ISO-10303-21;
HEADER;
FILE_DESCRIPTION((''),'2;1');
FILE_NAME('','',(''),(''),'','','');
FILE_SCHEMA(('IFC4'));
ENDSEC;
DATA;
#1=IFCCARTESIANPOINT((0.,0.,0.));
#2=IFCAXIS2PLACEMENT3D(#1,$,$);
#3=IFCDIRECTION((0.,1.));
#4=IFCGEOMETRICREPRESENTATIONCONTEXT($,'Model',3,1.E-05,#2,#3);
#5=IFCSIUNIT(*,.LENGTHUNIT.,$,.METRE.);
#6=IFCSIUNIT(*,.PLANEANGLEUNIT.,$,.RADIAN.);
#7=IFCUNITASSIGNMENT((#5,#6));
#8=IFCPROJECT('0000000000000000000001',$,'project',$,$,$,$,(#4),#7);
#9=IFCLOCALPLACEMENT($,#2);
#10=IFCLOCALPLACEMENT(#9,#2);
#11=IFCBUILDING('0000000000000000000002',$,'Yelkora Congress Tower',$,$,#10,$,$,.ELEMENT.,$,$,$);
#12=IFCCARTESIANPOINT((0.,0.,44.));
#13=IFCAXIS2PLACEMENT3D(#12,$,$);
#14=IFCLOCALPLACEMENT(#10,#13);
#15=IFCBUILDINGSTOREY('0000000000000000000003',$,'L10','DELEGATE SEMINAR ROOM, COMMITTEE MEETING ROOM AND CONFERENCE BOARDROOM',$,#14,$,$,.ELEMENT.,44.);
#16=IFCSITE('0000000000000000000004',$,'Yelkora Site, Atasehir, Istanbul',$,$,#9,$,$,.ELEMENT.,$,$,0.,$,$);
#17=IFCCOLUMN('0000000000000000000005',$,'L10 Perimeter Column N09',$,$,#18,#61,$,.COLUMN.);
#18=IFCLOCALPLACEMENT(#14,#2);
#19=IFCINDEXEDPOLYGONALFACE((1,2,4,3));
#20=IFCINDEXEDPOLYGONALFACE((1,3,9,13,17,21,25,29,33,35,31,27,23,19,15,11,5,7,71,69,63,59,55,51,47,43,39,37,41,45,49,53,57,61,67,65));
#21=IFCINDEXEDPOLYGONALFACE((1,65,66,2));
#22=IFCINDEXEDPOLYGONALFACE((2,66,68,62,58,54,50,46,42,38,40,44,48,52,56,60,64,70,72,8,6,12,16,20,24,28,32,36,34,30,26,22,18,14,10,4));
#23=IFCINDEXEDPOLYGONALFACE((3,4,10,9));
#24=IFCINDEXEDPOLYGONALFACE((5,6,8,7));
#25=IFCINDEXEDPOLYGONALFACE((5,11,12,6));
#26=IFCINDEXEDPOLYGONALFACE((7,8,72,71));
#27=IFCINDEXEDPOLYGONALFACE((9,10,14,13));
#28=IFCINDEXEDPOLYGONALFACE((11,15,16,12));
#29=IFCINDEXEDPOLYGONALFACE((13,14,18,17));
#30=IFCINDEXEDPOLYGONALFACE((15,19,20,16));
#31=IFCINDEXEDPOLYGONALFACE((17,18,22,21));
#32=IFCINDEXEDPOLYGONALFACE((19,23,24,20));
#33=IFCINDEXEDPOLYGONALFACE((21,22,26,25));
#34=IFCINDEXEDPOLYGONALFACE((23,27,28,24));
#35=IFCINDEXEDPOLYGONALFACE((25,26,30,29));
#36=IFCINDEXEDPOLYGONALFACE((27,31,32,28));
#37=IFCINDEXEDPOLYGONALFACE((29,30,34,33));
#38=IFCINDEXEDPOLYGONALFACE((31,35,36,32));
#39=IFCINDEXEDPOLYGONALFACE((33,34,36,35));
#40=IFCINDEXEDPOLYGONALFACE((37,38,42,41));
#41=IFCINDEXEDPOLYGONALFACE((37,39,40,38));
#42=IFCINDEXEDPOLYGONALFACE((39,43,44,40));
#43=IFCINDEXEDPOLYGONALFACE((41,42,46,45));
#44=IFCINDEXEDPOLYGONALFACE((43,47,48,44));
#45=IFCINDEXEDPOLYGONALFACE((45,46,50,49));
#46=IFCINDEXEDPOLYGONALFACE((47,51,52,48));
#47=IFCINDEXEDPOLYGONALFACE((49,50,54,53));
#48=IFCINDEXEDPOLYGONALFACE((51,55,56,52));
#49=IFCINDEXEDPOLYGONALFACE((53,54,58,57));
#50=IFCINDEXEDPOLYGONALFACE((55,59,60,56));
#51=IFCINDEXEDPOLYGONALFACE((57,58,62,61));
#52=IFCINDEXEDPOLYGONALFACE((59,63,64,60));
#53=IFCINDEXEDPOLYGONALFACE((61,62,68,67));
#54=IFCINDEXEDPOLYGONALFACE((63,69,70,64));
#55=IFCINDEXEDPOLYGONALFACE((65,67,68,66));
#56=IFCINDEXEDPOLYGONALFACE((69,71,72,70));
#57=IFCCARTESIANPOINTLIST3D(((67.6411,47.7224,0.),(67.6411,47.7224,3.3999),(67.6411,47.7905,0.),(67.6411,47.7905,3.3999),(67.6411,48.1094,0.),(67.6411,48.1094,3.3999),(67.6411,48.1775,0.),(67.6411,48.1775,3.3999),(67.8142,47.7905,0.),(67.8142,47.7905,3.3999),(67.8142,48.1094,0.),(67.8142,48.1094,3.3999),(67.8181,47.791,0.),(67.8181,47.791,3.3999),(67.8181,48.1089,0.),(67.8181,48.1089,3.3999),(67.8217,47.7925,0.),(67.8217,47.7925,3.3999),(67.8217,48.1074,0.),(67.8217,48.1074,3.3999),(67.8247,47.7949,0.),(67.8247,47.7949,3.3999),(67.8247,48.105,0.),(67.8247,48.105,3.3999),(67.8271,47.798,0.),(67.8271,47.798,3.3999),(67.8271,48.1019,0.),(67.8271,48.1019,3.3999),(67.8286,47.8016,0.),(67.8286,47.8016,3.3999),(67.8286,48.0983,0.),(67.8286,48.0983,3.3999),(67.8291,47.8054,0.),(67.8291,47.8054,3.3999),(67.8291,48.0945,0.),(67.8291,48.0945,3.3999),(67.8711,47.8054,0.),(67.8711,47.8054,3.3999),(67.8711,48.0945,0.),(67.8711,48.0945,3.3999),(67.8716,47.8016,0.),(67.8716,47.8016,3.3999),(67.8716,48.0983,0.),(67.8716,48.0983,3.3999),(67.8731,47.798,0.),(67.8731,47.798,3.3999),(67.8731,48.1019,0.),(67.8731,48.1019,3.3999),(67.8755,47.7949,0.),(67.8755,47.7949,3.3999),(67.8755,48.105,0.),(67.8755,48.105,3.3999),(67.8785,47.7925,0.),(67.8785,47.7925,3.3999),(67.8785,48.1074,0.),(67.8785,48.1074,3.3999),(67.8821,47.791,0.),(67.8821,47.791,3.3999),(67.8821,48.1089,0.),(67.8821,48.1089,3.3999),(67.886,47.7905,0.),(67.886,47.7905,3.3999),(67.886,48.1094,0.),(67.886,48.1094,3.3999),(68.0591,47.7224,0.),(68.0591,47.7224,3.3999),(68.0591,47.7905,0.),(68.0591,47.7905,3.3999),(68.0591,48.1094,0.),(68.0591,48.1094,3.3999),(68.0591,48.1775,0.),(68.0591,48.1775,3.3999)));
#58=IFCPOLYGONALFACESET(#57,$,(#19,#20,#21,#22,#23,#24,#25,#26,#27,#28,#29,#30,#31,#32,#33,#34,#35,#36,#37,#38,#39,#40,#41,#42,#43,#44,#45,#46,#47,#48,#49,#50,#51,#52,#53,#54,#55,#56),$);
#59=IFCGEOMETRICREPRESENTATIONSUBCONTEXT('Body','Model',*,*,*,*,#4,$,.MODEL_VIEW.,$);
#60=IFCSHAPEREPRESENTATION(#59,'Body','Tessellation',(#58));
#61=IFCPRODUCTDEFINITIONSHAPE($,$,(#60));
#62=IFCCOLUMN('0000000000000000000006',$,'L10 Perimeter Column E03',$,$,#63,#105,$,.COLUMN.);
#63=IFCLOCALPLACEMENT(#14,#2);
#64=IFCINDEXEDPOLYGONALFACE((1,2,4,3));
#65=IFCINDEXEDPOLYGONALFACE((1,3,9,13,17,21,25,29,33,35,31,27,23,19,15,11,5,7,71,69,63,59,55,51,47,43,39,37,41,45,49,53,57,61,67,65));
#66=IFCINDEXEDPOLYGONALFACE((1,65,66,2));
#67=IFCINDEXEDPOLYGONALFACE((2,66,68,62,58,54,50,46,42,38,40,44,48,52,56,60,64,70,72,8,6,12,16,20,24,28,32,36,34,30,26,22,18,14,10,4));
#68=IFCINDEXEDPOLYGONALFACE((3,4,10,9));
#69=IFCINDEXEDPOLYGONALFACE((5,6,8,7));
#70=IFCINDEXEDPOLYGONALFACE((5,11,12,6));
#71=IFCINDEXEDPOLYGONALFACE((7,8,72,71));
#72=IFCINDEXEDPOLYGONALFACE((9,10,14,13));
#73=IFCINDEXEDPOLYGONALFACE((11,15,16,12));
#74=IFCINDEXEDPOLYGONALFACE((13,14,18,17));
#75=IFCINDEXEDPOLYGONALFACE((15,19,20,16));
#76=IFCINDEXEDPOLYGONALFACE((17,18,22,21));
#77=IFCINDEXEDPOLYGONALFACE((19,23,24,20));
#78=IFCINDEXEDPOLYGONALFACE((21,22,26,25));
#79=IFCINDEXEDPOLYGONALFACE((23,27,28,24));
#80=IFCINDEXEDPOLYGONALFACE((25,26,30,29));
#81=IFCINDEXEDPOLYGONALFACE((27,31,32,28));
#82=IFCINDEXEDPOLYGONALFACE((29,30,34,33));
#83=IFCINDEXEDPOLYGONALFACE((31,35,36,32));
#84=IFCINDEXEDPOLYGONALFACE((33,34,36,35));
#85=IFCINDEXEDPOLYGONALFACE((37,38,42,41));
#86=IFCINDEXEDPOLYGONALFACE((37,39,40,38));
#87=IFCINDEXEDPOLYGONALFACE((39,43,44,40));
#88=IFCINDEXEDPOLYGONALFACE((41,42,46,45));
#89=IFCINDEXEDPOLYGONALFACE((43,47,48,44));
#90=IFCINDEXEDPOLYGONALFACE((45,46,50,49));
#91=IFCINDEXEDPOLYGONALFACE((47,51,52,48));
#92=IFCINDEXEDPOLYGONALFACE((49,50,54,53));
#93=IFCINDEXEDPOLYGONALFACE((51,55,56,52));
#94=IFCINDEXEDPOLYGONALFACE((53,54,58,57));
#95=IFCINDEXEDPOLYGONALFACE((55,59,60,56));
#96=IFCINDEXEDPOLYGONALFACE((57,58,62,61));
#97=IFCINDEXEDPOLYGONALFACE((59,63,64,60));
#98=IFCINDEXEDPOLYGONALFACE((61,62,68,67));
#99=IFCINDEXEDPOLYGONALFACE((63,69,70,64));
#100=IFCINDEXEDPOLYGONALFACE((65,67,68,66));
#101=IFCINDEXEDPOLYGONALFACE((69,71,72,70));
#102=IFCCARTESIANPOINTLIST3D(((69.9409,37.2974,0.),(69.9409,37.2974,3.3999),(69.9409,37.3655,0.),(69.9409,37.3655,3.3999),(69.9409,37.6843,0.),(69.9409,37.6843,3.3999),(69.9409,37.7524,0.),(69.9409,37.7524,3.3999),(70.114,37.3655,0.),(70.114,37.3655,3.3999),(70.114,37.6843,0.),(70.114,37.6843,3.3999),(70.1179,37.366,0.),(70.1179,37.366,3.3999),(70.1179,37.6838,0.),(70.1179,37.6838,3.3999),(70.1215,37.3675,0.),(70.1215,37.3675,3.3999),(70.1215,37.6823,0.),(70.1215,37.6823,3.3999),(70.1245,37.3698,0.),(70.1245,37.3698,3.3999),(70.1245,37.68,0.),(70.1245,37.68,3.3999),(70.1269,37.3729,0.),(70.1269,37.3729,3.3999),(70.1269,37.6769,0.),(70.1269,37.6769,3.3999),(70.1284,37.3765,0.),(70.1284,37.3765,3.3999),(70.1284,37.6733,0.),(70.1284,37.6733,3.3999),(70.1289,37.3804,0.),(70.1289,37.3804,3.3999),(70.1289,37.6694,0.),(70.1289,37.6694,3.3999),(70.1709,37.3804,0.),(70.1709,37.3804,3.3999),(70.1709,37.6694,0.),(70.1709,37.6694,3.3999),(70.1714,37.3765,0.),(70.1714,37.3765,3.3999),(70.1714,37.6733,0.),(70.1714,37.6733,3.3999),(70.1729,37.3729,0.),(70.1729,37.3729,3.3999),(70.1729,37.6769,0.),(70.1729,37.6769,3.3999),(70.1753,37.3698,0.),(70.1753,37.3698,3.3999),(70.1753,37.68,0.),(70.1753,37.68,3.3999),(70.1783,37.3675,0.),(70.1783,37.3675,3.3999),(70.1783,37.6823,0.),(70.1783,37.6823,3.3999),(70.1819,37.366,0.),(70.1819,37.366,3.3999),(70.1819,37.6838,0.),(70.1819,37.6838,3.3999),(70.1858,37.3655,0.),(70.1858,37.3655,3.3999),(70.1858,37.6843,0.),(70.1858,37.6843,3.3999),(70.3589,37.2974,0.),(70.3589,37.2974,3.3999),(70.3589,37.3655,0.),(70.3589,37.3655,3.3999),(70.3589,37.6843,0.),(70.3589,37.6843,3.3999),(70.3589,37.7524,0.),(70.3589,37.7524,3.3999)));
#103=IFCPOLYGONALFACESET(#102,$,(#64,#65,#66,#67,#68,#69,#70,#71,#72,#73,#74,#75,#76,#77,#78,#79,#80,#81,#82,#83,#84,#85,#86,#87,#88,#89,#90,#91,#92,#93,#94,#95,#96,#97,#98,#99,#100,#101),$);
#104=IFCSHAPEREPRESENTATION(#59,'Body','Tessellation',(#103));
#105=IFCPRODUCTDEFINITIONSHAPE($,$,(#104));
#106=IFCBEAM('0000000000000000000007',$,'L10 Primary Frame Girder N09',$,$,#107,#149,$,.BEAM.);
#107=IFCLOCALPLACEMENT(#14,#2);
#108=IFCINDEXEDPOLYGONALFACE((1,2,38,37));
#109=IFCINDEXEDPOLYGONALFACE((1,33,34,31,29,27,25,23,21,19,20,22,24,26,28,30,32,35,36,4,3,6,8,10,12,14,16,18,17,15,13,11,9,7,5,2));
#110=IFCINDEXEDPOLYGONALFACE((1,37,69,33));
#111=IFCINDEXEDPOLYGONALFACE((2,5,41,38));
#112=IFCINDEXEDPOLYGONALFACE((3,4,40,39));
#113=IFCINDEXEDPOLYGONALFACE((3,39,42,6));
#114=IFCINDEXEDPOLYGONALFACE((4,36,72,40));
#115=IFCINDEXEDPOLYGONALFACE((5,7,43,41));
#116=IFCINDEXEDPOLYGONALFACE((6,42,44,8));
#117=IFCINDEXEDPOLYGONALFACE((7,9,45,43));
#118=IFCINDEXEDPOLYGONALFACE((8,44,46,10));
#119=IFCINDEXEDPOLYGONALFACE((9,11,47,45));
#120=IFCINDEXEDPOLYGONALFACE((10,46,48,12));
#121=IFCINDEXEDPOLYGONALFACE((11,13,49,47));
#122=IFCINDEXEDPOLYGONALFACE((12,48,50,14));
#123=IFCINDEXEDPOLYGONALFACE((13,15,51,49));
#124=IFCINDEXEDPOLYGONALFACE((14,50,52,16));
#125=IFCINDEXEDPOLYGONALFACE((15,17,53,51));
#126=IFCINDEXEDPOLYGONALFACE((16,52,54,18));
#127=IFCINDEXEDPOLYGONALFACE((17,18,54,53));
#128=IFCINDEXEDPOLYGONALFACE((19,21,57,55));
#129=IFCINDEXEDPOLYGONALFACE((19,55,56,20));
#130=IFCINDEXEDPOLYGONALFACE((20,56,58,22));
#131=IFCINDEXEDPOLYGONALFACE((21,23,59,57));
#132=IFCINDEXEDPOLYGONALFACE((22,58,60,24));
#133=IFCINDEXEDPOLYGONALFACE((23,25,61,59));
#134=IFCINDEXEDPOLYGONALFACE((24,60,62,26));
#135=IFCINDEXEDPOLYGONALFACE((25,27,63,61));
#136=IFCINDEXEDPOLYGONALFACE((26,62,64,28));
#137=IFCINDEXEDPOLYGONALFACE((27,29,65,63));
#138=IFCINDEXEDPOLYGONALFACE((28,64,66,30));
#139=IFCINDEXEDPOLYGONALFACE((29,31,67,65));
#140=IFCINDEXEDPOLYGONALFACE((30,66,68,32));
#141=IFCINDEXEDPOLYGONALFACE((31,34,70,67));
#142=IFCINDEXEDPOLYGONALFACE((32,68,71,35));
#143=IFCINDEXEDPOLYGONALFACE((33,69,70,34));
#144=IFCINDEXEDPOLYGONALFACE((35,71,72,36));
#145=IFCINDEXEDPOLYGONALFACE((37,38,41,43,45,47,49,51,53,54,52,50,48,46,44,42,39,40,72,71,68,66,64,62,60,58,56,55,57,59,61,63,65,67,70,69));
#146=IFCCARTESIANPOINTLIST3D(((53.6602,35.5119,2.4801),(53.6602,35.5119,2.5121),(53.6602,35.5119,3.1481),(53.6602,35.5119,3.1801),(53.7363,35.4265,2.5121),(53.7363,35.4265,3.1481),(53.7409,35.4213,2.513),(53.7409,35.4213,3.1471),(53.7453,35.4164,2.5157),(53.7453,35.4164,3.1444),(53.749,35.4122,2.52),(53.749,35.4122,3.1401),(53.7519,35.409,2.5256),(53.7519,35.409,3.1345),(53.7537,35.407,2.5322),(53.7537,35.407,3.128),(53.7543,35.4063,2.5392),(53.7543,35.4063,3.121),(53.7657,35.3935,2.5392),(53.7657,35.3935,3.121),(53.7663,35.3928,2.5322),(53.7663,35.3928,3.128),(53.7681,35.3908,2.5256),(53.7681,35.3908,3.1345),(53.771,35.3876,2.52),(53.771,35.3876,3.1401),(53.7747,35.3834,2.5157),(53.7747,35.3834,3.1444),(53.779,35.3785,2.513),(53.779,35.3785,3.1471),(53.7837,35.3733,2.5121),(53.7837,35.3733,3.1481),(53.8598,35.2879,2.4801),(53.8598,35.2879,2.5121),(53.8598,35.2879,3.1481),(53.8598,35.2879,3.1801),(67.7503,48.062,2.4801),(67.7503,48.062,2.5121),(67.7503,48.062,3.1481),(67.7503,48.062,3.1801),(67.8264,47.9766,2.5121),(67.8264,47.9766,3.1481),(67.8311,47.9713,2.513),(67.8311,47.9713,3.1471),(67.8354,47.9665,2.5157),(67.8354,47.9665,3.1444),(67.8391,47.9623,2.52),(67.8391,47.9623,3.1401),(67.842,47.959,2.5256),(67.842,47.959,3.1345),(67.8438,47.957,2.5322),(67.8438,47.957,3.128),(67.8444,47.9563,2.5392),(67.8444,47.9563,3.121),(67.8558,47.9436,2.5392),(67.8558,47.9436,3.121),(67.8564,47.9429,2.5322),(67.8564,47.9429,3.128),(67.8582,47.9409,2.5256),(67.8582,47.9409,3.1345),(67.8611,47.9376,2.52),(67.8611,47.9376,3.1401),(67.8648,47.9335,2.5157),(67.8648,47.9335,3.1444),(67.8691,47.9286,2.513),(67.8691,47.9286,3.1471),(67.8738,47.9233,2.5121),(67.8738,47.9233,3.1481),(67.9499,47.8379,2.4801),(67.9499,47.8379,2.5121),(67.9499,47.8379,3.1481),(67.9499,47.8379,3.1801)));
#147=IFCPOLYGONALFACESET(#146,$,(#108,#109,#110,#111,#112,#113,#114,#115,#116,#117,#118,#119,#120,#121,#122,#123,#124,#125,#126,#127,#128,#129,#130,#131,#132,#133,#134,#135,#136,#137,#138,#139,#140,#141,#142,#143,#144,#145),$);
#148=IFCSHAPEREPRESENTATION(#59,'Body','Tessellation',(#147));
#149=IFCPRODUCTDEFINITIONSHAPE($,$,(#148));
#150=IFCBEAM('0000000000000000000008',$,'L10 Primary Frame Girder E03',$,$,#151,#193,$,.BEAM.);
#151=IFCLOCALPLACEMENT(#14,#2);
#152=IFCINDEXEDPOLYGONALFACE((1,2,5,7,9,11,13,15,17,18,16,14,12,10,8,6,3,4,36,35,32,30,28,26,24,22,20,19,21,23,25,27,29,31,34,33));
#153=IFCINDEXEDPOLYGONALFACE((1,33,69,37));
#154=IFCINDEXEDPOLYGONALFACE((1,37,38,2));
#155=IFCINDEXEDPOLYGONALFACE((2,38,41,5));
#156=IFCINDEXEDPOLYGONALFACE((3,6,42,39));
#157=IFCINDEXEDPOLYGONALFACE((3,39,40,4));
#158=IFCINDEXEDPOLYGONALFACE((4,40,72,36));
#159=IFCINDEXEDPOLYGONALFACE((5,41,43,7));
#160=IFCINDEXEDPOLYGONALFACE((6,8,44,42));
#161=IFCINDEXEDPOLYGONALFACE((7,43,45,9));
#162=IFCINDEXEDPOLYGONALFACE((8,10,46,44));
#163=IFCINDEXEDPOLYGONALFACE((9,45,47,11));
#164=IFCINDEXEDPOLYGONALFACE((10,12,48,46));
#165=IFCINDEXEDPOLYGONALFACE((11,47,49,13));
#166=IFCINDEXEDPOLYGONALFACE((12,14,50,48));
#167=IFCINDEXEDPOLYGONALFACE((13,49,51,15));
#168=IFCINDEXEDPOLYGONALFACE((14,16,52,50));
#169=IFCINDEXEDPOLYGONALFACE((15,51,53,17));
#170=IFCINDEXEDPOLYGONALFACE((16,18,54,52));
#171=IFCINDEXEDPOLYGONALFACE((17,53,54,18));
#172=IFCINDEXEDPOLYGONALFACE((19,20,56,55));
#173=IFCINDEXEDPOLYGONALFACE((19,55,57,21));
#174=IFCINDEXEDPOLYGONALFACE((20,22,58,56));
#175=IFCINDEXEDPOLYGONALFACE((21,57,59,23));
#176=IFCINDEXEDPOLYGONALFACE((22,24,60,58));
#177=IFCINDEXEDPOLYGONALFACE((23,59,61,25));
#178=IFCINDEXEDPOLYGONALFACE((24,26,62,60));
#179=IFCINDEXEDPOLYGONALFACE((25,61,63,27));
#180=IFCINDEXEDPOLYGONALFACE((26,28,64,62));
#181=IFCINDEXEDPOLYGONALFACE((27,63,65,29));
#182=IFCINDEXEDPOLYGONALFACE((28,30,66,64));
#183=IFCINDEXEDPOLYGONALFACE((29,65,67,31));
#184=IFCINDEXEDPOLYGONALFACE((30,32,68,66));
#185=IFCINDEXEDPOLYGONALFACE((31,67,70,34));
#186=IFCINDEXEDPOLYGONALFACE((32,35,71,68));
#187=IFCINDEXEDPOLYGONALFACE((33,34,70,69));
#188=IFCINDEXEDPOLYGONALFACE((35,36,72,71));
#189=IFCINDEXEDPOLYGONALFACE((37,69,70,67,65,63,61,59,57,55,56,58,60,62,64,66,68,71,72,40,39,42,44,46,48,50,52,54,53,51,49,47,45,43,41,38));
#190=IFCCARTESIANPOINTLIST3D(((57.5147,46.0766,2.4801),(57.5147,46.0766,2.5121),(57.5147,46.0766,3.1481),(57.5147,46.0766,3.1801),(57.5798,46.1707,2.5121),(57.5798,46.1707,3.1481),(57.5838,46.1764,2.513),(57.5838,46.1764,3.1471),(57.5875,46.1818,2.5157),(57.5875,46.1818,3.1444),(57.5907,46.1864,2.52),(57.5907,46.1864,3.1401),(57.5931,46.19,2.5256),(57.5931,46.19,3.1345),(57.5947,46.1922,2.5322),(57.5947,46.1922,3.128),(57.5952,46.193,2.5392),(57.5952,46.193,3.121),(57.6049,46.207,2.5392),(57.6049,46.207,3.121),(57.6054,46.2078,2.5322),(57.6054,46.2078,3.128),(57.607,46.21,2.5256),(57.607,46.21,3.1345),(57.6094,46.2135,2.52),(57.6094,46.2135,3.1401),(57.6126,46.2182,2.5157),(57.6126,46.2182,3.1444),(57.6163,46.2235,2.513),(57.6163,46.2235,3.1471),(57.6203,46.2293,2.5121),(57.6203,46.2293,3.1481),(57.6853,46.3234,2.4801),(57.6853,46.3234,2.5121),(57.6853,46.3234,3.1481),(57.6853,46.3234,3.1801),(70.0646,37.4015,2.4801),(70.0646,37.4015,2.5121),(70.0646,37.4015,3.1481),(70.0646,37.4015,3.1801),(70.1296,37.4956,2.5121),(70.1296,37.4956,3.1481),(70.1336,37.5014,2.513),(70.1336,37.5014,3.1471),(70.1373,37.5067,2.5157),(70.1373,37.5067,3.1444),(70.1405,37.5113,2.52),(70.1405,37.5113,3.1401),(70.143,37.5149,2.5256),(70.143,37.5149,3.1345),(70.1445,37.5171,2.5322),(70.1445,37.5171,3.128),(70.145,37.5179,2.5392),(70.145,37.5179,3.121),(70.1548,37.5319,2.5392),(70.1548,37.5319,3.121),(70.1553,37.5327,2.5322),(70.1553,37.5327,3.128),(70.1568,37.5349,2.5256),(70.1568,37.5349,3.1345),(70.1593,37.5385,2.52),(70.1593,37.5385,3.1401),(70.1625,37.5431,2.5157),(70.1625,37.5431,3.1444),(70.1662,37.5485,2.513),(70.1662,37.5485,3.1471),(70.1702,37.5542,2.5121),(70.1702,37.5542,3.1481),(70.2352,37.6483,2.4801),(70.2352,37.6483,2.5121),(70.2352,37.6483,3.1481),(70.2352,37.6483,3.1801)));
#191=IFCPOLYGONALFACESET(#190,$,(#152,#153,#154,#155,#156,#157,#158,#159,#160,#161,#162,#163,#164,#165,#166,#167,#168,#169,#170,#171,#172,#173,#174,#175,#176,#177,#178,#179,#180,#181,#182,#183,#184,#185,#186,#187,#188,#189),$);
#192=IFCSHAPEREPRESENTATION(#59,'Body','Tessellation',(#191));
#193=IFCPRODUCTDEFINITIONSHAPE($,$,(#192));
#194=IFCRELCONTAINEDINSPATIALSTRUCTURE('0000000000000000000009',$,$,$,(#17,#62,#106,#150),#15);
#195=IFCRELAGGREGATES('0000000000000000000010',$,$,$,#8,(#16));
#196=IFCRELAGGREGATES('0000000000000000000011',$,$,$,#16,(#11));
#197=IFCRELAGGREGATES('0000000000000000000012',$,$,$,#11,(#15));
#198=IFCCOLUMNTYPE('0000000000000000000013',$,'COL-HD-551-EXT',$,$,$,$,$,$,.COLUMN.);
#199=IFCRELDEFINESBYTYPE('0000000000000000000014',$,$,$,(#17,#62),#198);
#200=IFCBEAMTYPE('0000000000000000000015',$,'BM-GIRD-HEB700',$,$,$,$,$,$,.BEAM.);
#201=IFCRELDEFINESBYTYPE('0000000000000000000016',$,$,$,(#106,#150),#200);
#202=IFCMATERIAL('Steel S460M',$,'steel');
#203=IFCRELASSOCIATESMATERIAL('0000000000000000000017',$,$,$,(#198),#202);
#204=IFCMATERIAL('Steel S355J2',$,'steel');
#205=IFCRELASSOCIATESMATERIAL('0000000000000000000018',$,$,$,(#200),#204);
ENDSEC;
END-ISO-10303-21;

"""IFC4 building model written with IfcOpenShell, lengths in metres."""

from ifc_helpers import new_model, si_unit, direction, frame, origin, origin_2d, place, context, subcontext, project, spatial, i_section, extrude, material, material_profile, profile_set, type_object, element, save


model = new_model("IFC4")

# Units and contexts
model_context = context("Model", 3, precision=1e-05, world=origin(), true_north=direction((0.0, 1.0)))
body_context = subcontext(model_context, "Body", "Model", "MODEL_VIEW")
ifc_project = project(units=[si_unit("LENGTHUNIT", "METRE"), si_unit("PLANEANGLEUNIT", "RADIAN")], contexts=[model_context])

# Site, building, storey
site_placement = place(None, origin())
site = spatial("IfcSite", under=ifc_project, at=site_placement, Name="Yelkora Site, Atasehir, Istanbul", CompositionType="ELEMENT", RefElevation=0.0)
building_placement = place(site_placement, origin())
building = spatial("IfcBuilding", under=site, at=building_placement, Name="Yelkora Congress Tower", CompositionType="ELEMENT")
storey_placement = place(building_placement, frame((0.0, 0.0, 44.0)))
storey = spatial("IfcBuildingStorey", under=building, at=storey_placement, Name="L10", Description="DELEGATE SEMINAR ROOM, COMMITTEE MEETING ROOM AND CONFERENCE BOARDROOM", CompositionType="ELEMENT", Elevation=44.0)

# Columns
ifc_material_1 = material(Name="Steel S460M", Category="steel")
ifc_material_profile_1 = material_profile(ifc_material_1, i_section(OverallWidth=0.418, OverallDepth=0.4551, WebThickness=0.042, FlangeThickness=0.0681, FilletRadius=0.0149, at=origin_2d()), Name="HD 400x551")
ifc_profile_set_1 = profile_set([ifc_material_profile_1], Name="Steel S460M")
column_type = type_object("IfcColumnType", Name="COL-HD-551-EXT", PredefinedType="COLUMN", material=ifc_profile_set_1)
for number, where, z_axis, x_axis, name in (
    (1, (67.8501, 47.95, 0.0), (0.0, 0.0, 1.0), (1.0, 0.0, 0.0), "L10 Perimeter Column N09"),
    (2, (70.1499, 37.5249, 0.0), (0.0, 0.0, 1.0), (1.0, 0.0, 0.0), "L10 Perimeter Column E03"),
):
    element("IfcColumn", number, at=place(storey_placement, frame(where, z_axis=z_axis, x_axis=x_axis)), inside=storey, type_object=column_type, Name=name, PredefinedType="COLUMN", context=body_context, shape_type="SweptSolid", body=[
        extrude(i_section(OverallWidth=0.418, OverallDepth=0.4551, WebThickness=0.042, FlangeThickness=0.0681, FilletRadius=0.0149, at=origin_2d()), origin(), (0.0, 0.0, 1.0), 3.3999),
    ])

# Beams
ifc_material_2 = material(Name="Steel S355J2", Category="steel")
ifc_material_profile_2 = material_profile(ifc_material_2, i_section(OverallWidth=0.3, OverallDepth=0.7, WebThickness=0.0171, FlangeThickness=0.032, FilletRadius=0.0271, at=origin_2d()), Name="HEB 700")
ifc_profile_set_2 = profile_set([ifc_material_profile_2], Name="Steel S355J2")
beam_type_1 = type_object("IfcBeamType", Name="BM-GIRD-HEB700", PredefinedType="BEAM", material=ifc_profile_set_2)
beam_1_placement = place(storey_placement, frame((67.8501, 47.95, 2.8301), z_axis=(-0.746737, -0.665119, 0.0), x_axis=(0.665119, -0.746737, 0.0)))
element("IfcBeam", 3, at=beam_1_placement, inside=storey, type_object=beam_type_1, Name="L10 Primary Frame Girder N09", PredefinedType="BEAM", context=body_context, shape_type="SweptSolid", body=[
    extrude(i_section(OverallWidth=0.3, OverallDepth=0.7, WebThickness=0.0171, FlangeThickness=0.032, FilletRadius=0.0271, at=origin_2d()), origin(), (0.0, 0.0, 1.0), 18.8689),
])
beam_2_placement = place(storey_placement, frame((70.1499, 37.5249, 2.8301), z_axis=(-0.822599, 0.568622, 0.0), x_axis=(-0.568622, -0.822599, 0.0)))
element("IfcBeam", 4, at=beam_2_placement, inside=storey, type_object=beam_type_1, Name="L10 Primary Frame Girder E03", PredefinedType="BEAM", context=body_context, shape_type="SweptSolid", body=[
    extrude(i_section(OverallWidth=0.3, OverallDepth=0.7, WebThickness=0.0171, FlangeThickness=0.032, FilletRadius=0.0271, at=origin_2d()), origin(), (0.0, 0.0, 1.0), 15.2563),
])

save(model, "model.ifc")
